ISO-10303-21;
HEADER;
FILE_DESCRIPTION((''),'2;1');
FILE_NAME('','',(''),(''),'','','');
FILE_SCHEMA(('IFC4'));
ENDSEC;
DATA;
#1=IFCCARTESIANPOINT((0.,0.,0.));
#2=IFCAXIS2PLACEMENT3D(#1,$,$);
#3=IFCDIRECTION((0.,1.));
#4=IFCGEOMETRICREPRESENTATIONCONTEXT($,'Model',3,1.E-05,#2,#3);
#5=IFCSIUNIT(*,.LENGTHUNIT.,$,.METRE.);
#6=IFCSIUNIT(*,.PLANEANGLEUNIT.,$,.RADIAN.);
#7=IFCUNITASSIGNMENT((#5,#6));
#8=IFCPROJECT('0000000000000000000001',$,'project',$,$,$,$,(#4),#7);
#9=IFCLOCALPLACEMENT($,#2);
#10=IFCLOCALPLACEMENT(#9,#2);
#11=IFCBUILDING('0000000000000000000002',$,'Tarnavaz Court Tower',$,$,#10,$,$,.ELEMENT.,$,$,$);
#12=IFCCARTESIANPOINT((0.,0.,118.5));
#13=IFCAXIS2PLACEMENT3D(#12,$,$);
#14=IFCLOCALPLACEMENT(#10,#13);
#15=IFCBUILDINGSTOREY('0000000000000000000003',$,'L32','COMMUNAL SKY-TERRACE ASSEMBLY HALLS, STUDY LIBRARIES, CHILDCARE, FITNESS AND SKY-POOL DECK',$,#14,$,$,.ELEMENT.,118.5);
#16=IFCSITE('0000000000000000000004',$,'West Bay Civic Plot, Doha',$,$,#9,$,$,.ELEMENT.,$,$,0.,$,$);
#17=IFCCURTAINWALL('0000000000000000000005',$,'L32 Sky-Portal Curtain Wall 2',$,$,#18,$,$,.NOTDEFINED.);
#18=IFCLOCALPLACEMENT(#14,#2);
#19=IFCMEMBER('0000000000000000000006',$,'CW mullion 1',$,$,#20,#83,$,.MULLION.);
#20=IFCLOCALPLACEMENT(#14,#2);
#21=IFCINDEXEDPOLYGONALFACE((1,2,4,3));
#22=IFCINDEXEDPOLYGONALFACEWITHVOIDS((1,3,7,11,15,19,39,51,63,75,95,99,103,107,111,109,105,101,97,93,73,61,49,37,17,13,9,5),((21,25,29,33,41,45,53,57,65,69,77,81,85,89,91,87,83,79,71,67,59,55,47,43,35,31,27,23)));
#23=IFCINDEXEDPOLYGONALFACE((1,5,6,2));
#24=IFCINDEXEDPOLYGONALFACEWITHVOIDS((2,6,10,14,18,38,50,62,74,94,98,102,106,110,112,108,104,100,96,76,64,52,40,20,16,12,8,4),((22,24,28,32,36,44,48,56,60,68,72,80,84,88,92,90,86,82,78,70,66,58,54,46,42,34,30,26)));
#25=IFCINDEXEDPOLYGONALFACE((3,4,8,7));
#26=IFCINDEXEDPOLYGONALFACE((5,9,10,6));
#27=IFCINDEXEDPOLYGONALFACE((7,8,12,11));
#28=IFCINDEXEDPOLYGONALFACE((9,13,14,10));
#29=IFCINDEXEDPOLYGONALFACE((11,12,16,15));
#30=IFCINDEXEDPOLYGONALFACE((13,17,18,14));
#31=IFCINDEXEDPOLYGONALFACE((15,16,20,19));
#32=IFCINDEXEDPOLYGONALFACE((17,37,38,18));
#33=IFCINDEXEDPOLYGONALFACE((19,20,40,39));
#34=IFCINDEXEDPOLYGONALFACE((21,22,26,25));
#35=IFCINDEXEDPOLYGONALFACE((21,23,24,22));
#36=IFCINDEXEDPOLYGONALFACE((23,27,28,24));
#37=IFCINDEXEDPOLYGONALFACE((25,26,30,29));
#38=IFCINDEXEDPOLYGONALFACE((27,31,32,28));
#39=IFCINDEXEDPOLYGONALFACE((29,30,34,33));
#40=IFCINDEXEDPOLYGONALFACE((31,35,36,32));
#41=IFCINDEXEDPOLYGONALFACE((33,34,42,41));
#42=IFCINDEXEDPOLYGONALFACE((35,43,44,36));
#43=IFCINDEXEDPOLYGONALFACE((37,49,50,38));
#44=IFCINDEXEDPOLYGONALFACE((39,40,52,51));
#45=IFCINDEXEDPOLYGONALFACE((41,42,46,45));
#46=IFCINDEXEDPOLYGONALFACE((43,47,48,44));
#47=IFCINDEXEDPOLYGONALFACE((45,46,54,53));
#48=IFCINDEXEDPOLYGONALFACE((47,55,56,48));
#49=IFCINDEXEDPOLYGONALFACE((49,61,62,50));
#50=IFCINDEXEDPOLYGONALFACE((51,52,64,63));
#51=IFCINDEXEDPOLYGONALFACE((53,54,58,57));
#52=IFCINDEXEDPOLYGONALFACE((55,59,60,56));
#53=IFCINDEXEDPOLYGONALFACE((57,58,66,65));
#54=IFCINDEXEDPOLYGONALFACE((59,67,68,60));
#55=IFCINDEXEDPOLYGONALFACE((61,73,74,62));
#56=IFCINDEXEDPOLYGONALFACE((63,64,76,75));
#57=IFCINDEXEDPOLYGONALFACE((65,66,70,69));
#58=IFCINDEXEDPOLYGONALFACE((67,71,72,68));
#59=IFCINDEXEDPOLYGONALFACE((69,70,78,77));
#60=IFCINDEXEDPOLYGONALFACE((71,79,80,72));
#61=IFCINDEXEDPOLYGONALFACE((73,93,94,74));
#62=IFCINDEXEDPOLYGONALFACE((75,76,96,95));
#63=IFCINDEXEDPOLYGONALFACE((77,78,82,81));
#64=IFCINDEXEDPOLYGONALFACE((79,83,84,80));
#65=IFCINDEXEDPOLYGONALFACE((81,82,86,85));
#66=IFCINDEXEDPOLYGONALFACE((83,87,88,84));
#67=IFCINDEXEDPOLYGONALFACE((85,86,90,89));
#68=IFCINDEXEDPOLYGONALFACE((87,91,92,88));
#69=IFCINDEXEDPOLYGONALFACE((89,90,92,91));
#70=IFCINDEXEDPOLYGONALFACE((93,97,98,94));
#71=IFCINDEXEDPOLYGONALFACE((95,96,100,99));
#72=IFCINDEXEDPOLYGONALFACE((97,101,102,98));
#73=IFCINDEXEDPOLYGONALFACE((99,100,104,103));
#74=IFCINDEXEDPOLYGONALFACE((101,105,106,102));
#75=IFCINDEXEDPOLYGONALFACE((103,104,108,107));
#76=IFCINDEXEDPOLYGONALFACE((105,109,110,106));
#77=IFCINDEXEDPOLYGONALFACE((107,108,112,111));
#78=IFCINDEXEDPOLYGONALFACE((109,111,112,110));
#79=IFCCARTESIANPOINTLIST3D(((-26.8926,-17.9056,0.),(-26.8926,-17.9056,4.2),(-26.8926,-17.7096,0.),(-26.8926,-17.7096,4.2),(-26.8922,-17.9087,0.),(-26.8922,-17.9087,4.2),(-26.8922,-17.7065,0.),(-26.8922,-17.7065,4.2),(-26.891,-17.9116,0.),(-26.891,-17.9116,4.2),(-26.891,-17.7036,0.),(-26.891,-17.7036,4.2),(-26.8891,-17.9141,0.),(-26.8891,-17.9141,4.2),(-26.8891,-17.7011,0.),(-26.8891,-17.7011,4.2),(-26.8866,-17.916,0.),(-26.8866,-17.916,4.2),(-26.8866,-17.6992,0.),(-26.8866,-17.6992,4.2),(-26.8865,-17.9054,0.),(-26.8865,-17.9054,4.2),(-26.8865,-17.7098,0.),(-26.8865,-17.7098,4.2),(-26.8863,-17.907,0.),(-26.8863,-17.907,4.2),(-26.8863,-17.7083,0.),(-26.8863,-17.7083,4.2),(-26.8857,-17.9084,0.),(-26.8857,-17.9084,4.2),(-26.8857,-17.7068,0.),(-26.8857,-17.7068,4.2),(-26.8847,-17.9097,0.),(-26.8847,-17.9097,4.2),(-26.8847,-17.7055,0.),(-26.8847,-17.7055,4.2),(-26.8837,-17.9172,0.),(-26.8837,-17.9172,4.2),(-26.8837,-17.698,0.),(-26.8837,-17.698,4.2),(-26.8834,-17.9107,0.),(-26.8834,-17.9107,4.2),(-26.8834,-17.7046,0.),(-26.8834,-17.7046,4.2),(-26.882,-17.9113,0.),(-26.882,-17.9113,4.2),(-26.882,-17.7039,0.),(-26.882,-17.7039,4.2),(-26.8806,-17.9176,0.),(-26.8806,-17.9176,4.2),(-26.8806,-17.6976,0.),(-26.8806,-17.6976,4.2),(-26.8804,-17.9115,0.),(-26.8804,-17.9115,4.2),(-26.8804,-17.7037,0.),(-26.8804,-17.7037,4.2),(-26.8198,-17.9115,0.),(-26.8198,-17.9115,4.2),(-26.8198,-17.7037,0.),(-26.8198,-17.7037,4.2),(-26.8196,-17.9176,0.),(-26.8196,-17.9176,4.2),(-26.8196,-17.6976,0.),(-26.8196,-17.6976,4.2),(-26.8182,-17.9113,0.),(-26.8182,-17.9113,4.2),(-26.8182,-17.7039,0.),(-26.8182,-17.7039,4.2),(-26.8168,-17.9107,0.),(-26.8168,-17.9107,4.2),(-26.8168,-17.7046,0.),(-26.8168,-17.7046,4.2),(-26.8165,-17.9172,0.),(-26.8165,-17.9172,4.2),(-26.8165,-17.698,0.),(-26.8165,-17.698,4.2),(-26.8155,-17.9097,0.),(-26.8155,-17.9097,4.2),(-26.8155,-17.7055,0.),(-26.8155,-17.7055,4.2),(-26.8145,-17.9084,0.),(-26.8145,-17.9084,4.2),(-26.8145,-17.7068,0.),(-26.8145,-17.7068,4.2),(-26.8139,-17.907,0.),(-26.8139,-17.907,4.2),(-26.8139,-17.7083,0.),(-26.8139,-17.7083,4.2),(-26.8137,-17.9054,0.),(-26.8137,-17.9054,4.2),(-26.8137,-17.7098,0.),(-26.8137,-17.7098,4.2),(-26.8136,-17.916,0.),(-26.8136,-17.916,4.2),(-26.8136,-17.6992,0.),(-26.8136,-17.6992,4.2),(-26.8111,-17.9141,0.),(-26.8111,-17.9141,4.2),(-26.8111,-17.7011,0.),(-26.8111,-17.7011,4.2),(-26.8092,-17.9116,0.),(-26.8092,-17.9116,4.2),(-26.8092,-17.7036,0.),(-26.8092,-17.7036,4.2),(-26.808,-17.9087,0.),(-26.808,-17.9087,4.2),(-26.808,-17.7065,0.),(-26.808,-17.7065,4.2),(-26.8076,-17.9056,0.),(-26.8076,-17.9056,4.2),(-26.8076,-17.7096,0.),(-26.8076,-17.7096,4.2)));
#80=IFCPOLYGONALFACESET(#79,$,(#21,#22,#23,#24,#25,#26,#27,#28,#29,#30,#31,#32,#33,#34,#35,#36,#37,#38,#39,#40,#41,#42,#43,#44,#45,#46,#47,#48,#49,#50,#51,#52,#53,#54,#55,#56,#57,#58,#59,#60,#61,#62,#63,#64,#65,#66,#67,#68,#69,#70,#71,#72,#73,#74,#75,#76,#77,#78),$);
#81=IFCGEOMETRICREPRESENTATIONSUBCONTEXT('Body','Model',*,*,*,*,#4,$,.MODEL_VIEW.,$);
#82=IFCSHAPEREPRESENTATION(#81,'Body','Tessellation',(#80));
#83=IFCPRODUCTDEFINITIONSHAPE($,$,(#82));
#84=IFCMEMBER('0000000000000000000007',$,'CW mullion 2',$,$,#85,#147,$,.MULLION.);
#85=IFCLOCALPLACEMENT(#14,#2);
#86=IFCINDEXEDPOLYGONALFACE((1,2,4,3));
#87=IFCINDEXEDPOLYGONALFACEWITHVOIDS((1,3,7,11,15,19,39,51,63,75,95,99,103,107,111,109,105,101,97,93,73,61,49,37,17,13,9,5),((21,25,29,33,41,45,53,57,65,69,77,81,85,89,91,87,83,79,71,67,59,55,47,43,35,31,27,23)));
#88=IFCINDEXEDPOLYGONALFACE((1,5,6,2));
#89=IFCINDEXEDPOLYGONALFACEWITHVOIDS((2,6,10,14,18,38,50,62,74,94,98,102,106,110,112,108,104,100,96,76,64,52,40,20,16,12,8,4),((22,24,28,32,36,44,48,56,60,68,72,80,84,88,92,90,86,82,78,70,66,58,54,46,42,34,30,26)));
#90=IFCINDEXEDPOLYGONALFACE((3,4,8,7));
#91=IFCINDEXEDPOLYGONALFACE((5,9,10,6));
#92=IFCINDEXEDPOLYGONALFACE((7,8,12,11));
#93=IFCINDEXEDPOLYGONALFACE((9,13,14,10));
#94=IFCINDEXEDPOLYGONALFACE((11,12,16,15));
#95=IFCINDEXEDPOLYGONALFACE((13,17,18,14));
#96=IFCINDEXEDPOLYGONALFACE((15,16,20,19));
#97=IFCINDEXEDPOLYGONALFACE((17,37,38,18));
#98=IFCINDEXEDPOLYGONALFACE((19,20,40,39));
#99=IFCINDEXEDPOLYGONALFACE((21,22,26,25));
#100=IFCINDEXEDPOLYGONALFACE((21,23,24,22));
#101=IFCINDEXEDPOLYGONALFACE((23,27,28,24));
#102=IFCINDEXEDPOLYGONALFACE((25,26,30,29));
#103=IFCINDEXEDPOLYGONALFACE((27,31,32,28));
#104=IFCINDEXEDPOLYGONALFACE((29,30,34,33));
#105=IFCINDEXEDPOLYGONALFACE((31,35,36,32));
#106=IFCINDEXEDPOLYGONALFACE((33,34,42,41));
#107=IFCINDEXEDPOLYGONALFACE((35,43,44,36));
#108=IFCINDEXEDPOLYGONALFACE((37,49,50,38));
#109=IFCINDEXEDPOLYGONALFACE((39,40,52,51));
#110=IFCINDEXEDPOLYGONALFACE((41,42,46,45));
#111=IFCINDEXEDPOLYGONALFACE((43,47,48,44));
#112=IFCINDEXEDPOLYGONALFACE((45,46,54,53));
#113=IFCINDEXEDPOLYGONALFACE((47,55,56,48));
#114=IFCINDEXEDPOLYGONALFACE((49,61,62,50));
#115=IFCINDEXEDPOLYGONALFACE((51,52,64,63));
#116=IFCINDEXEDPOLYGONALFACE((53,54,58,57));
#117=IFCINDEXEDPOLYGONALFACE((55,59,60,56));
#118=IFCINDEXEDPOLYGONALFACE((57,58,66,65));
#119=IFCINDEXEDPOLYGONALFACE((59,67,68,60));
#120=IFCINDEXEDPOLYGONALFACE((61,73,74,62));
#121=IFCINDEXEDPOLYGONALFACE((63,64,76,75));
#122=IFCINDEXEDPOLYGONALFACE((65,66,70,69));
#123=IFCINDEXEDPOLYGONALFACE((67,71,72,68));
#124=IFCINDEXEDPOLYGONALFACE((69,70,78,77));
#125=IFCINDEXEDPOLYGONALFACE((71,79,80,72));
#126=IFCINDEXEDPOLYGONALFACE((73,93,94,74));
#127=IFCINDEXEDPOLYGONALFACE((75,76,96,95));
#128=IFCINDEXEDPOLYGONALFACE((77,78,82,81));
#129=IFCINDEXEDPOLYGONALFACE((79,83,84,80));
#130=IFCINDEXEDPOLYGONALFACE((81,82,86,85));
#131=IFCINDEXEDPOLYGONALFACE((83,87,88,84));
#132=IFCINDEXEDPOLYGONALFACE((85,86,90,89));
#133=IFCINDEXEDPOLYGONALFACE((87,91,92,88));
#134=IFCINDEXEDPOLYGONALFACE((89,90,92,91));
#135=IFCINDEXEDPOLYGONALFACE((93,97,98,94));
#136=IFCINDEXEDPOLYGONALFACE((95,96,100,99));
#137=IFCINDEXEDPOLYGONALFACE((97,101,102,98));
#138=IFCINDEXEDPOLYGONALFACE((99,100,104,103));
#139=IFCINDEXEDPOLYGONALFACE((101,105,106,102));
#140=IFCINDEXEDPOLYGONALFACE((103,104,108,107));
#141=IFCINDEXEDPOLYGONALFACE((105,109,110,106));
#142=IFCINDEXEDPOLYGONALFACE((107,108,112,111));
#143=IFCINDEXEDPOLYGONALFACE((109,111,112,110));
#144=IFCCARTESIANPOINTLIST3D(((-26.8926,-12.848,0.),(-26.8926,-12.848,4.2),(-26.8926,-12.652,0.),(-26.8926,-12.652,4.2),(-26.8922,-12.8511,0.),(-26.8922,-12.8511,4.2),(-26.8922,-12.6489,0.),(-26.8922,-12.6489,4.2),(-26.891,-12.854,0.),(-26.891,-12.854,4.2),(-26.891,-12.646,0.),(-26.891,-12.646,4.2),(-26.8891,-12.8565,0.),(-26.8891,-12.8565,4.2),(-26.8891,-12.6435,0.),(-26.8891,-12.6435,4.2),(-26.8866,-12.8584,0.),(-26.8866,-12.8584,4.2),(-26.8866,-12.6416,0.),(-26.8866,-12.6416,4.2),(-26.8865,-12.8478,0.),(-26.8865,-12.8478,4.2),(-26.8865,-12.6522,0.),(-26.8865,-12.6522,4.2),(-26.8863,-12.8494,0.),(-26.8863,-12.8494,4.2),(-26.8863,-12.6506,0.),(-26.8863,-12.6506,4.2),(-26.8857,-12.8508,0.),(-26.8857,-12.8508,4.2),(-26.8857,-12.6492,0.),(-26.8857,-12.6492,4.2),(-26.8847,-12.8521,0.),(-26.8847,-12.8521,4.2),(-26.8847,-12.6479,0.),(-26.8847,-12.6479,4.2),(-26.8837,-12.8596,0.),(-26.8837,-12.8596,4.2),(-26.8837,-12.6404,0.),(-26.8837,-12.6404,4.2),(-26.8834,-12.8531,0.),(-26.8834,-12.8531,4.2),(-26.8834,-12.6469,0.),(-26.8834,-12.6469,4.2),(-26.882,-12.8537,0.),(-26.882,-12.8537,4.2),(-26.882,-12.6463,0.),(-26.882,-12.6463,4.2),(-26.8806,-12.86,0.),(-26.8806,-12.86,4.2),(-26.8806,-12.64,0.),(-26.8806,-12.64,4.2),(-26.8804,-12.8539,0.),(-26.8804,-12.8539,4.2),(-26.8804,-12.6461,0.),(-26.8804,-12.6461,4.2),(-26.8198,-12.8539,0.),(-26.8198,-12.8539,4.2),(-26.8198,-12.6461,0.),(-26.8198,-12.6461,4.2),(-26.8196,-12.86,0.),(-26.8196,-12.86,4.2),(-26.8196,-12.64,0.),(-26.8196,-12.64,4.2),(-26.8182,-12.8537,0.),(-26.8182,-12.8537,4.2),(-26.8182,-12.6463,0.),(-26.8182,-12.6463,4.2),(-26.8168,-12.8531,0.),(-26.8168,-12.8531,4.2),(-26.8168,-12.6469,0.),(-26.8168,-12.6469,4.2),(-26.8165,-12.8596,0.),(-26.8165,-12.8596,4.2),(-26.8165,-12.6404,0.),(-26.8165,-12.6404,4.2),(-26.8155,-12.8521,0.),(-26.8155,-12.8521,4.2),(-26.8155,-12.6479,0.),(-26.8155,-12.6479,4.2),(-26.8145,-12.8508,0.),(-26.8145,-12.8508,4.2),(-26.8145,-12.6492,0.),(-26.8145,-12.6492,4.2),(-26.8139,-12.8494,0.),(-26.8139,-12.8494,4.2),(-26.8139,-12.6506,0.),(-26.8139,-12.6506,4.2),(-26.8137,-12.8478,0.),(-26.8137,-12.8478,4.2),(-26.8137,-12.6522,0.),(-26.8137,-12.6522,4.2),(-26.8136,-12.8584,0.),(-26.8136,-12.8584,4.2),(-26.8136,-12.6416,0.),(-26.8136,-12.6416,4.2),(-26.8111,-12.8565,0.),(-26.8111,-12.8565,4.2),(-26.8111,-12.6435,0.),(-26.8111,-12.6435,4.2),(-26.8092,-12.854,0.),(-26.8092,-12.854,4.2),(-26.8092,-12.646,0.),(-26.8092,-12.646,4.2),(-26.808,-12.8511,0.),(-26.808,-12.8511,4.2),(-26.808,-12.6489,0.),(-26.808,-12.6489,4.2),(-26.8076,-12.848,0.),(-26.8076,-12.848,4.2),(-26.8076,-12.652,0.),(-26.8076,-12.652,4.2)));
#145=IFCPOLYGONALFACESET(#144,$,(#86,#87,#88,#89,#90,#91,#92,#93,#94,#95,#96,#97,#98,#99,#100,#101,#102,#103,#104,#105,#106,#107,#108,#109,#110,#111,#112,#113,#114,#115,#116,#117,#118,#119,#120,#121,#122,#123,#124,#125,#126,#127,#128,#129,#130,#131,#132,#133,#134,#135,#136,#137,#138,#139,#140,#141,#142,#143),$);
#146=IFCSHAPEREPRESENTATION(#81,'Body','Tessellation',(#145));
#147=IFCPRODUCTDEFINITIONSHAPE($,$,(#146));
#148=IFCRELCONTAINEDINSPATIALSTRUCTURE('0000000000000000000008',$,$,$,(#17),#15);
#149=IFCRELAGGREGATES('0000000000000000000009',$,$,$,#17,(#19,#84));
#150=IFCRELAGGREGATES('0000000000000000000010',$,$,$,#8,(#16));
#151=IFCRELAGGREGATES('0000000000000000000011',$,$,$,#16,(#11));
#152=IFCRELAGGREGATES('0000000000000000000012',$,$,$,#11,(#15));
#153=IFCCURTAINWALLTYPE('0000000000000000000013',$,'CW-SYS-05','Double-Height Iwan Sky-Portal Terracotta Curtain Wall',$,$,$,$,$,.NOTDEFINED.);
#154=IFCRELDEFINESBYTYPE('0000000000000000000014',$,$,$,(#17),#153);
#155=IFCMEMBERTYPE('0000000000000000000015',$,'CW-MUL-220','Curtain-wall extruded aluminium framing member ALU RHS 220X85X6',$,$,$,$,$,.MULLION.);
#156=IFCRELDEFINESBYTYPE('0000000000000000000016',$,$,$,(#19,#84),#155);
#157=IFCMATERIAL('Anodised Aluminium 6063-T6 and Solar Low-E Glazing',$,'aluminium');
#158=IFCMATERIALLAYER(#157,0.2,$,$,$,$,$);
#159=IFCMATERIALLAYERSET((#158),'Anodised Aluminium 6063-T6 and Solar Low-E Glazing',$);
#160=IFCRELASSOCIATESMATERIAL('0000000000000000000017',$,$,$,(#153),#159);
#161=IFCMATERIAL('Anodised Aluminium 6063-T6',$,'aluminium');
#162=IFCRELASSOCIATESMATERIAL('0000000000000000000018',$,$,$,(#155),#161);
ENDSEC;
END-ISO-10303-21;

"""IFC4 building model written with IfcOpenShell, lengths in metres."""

from ifc_helpers import new_model, si_unit, direction, frame, origin, origin_2d, place, context, subcontext, project, spatial, hollow_rectangle, extrude, material, layer, layer_set, material_profile, profile_set, type_object, element, aggregate, save


model = new_model("IFC4")

# Units and contexts
model_context = context("Model", 3, precision=1e-05, world=origin(), true_north=direction((0.0, 1.0)))
body_context = subcontext(model_context, "Body", "Model", "MODEL_VIEW")
ifc_project = project(units=[si_unit("LENGTHUNIT", "METRE"), si_unit("PLANEANGLEUNIT", "RADIAN")], contexts=[model_context])

# Site, building, storey
site_placement = place(None, origin())
site = spatial("IfcSite", under=ifc_project, at=site_placement, Name="West Bay Civic Plot, Doha", CompositionType="ELEMENT", RefElevation=0.0)
building_placement = place(site_placement, origin())
building = spatial("IfcBuilding", under=site, at=building_placement, Name="Tarnavaz Court Tower", CompositionType="ELEMENT")
storey_placement = place(building_placement, frame((0.0, 0.0, 118.5)))
storey = spatial("IfcBuildingStorey", under=building, at=storey_placement, Name="L32", Description="COMMUNAL SKY-TERRACE ASSEMBLY HALLS, STUDY LIBRARIES, CHILDCARE, FITNESS AND SKY-POOL DECK", CompositionType="ELEMENT", Elevation=118.5)

# Curtain wall, members
ifc_material_1 = material(Name="Anodised Aluminium 6063-T6 and Solar Low-E Glazing", Category="aluminium")
ifc_layer_1 = layer(ifc_material_1, 0.2)
ifc_layer_set_1 = layer_set([ifc_layer_1], Name="Anodised Aluminium 6063-T6 and Solar Low-E Glazing")
curtain_wall_type = type_object("IfcCurtainWallType", Name="CW-SYS-05", Description="Double-Height Iwan Sky-Portal Terracotta Curtain Wall", PredefinedType="NOTDEFINED", material=ifc_layer_set_1)
curtain_wall_placement = place(storey_placement, origin())
curtain_wall = element("IfcCurtainWall", 1, at=curtain_wall_placement, inside=storey, type_object=curtain_wall_type, Name="L32 Sky-Portal Curtain Wall 2", PredefinedType="NOTDEFINED")
ifc_material_2 = material(Name="Anodised Aluminium 6063-T6", Category="aluminium")
ifc_material_profile_1 = material_profile(ifc_material_2, hollow_rectangle(XDim=0.085, YDim=0.22, WallThickness=0.0061, InnerFilletRadius=0.0061, OuterFilletRadius=0.012, at=origin_2d()), Name="ALU RHS 220X85X6")
ifc_profile_set_1 = profile_set([ifc_material_profile_1], Name="Anodised Aluminium 6063-T6")
member_type_1 = type_object("IfcMemberType", Name="CW-MUL-220", Description="Curtain-wall extruded aluminium framing member ALU RHS 220X85X6", PredefinedType="MULLION", material=ifc_profile_set_1)
member_1_placement = place(storey_placement, frame((-26.8501, -17.8076, 0.0), z_axis=(0.0, 0.0, 1.0), x_axis=(-1.0, 0.0, 0.0)))
member_1 = element("IfcMember", 2, at=member_1_placement, type_object=member_type_1, Name="CW mullion 1", PredefinedType="MULLION", context=body_context, shape_type="SweptSolid", body=[
    extrude(hollow_rectangle(XDim=0.085, YDim=0.22, WallThickness=0.0061, InnerFilletRadius=0.0061, OuterFilletRadius=0.012, at=origin_2d()), origin(), (0.0, 0.0, 1.0), 4.2),
])
member_2_placement = place(storey_placement, frame((-26.8501, -12.75, 0.0), z_axis=(0.0, 0.0, 1.0), x_axis=(-1.0, 0.0, 0.0)))
member_2 = element("IfcMember", 3, at=member_2_placement, type_object=member_type_1, Name="CW mullion 2", PredefinedType="MULLION", context=body_context, shape_type="SweptSolid", body=[
    extrude(hollow_rectangle(XDim=0.085, YDim=0.22, WallThickness=0.0061, InnerFilletRadius=0.0061, OuterFilletRadius=0.012, at=origin_2d()), origin(), (0.0, 0.0, 1.0), 4.2),
])
aggregate(curtain_wall, [member_1, member_2])

save(model, "model.ifc")
